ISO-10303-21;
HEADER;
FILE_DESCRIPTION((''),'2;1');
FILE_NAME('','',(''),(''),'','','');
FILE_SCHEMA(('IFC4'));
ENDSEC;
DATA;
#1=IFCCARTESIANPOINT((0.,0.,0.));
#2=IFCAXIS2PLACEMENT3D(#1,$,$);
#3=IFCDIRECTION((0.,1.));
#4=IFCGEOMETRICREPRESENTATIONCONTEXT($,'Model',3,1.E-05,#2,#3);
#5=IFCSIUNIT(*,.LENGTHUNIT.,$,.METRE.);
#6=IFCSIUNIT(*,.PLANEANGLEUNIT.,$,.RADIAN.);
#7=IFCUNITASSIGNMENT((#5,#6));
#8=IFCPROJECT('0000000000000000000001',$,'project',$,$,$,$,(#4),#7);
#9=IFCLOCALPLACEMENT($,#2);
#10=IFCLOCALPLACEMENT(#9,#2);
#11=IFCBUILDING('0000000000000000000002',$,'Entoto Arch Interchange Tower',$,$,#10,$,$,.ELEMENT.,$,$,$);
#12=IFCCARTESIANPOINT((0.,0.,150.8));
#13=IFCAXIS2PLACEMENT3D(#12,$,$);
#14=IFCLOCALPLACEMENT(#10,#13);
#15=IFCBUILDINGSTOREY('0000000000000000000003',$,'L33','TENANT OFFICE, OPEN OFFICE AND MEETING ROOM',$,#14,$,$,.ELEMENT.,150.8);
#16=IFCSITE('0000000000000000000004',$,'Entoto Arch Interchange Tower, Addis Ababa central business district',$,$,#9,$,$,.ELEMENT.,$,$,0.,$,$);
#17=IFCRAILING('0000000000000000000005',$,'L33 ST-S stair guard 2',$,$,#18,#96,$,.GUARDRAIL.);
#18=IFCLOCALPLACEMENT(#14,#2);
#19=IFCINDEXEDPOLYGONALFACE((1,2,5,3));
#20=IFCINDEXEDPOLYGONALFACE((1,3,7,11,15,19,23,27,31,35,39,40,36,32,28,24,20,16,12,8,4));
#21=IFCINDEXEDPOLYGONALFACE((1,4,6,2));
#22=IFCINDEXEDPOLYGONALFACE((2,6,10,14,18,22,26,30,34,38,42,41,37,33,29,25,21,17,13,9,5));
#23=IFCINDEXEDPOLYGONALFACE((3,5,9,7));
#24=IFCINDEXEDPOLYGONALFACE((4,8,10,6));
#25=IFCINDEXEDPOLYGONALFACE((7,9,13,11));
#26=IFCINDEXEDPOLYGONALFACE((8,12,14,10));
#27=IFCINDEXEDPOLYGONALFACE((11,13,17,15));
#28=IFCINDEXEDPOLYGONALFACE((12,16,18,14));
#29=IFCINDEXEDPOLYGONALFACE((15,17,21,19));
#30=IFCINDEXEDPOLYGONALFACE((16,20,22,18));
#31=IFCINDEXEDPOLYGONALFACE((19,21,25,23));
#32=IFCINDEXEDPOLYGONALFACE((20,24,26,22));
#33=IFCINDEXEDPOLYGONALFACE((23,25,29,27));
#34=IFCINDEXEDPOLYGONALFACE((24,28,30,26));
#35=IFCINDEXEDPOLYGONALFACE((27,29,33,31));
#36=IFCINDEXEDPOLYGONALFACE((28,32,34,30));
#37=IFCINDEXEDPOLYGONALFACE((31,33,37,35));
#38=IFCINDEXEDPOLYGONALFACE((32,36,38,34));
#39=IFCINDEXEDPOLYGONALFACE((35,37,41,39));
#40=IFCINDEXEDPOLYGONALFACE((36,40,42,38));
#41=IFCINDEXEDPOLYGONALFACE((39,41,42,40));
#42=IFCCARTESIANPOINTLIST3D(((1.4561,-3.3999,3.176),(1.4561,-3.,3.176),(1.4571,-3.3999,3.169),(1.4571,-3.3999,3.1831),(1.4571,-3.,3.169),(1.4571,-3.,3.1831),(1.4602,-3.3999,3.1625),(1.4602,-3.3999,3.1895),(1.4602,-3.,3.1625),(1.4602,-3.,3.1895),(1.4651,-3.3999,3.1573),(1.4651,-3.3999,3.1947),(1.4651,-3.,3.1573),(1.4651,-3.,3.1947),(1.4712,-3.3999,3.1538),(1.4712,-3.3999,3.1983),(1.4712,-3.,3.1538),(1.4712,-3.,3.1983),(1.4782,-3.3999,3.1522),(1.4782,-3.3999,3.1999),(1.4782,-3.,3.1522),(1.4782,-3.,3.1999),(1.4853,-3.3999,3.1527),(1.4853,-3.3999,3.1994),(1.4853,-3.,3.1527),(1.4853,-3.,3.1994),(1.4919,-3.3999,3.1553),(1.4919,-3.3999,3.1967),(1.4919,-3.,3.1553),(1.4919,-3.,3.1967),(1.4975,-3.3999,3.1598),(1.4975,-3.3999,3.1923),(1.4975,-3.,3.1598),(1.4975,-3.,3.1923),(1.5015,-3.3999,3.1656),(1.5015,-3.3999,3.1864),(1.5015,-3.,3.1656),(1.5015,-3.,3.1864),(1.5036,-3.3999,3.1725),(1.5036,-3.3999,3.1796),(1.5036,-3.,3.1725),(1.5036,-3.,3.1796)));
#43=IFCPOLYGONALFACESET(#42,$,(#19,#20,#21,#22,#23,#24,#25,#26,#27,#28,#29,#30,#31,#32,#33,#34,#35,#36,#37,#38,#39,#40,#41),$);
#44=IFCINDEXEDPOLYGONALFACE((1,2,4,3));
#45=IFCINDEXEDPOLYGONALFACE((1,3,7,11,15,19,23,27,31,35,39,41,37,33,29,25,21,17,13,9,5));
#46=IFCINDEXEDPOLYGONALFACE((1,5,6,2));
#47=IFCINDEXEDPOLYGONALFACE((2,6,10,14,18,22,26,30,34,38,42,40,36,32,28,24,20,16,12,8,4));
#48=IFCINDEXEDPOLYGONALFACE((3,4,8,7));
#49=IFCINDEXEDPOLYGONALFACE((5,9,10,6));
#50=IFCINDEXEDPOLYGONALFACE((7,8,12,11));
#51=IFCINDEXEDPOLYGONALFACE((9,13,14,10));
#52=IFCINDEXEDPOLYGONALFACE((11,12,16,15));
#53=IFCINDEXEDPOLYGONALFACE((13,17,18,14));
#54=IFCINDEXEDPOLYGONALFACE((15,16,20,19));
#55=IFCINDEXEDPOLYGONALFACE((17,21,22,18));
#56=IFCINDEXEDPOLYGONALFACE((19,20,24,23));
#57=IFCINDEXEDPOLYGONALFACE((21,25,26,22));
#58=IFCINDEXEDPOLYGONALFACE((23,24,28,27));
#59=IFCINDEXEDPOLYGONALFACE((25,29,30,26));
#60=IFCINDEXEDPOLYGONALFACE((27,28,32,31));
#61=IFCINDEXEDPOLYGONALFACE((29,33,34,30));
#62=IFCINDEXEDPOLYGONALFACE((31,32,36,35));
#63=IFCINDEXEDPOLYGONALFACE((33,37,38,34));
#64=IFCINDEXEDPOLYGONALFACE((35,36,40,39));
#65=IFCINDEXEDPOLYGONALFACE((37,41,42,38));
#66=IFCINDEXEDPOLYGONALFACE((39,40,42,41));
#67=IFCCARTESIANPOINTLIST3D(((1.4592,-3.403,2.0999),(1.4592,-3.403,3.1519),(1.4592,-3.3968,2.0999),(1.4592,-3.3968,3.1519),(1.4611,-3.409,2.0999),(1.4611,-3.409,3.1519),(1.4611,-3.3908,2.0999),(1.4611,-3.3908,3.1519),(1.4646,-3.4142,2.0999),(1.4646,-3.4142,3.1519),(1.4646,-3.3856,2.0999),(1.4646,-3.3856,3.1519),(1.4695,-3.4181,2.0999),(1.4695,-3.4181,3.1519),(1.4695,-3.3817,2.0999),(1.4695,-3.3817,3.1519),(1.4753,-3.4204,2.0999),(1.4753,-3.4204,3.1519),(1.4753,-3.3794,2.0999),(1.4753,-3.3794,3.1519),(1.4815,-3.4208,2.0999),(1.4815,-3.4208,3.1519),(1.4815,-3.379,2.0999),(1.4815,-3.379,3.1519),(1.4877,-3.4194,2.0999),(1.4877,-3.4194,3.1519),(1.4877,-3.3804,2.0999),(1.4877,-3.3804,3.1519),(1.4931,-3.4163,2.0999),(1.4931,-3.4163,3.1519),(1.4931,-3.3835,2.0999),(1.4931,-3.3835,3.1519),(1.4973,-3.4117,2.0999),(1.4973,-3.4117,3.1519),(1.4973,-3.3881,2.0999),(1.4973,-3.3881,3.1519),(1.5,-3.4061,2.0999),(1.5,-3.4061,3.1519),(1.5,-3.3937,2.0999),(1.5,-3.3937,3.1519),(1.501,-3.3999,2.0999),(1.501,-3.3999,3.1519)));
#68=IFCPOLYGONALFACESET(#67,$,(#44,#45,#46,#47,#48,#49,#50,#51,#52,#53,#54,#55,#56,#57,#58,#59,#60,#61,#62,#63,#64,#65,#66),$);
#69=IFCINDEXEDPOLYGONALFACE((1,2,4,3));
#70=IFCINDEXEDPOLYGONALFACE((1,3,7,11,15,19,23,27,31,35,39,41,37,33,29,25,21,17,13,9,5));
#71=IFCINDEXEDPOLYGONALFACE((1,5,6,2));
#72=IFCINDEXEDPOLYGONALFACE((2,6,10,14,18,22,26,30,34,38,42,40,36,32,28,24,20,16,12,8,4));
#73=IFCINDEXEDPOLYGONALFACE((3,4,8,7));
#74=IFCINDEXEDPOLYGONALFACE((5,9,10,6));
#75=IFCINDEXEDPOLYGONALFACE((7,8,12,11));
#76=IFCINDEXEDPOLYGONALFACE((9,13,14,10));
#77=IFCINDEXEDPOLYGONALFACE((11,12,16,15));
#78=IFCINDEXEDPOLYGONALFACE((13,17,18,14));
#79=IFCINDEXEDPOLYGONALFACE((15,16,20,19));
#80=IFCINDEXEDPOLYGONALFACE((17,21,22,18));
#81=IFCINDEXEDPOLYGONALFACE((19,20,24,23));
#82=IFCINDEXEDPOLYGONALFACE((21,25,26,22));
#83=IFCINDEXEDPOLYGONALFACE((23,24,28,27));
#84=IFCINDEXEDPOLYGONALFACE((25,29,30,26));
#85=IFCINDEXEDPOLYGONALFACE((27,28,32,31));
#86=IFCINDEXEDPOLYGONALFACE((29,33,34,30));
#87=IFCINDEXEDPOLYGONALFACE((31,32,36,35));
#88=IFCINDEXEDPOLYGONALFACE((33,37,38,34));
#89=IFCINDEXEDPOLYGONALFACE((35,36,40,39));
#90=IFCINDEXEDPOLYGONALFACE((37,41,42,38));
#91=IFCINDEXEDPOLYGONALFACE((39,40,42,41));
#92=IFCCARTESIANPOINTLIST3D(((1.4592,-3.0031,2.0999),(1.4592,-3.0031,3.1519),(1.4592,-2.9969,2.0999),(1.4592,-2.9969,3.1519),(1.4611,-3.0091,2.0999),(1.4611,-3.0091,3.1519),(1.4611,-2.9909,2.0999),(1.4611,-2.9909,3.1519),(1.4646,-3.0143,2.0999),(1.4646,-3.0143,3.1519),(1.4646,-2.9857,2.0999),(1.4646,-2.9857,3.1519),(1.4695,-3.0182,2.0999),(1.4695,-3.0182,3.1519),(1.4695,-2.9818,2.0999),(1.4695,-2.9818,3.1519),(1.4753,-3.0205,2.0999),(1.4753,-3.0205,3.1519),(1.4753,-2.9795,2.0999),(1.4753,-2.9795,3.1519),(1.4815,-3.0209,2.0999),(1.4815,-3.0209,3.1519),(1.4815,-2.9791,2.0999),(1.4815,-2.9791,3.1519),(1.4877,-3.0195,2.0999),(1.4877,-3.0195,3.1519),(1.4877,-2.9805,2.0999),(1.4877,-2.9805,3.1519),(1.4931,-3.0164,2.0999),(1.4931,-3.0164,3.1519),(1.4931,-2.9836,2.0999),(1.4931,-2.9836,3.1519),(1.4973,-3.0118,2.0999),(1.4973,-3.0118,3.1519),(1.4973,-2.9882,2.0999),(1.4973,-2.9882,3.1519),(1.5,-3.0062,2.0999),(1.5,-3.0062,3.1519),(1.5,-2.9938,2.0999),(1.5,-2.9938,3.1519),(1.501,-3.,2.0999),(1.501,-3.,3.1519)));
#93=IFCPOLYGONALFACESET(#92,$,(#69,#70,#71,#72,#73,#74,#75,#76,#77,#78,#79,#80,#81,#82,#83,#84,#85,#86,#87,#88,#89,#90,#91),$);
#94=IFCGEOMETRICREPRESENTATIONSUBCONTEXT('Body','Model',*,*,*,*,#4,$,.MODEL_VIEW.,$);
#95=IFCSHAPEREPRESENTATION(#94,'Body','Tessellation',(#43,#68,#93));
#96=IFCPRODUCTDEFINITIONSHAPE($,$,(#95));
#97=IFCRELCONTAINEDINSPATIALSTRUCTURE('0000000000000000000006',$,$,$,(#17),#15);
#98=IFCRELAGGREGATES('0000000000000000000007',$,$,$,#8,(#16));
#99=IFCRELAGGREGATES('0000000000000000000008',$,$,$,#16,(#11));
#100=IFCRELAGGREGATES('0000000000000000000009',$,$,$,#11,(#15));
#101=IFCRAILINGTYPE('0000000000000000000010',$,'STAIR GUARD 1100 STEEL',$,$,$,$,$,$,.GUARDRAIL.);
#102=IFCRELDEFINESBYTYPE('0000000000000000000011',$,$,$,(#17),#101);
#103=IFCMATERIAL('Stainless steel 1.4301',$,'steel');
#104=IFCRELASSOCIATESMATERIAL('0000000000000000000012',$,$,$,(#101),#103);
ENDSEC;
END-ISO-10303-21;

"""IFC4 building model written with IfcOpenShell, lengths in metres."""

from ifc_helpers import new_model, si_unit, direction, frame, origin, origin_2d, place, context, subcontext, project, spatial, circle, extrude, material, type_object, element, save


model = new_model("IFC4")

# Units and contexts
model_context = context("Model", 3, precision=1e-05, world=origin(), true_north=direction((0.0, 1.0)))
body_context = subcontext(model_context, "Body", "Model", "MODEL_VIEW")
ifc_project = project(units=[si_unit("LENGTHUNIT", "METRE"), si_unit("PLANEANGLEUNIT", "RADIAN")], contexts=[model_context])

# Site, building, storey
site_placement = place(None, origin())
site = spatial("IfcSite", under=ifc_project, at=site_placement, Name="Entoto Arch Interchange Tower, Addis Ababa central business district", CompositionType="ELEMENT", RefElevation=0.0)
building_placement = place(site_placement, origin())
building = spatial("IfcBuilding", under=site, at=building_placement, Name="Entoto Arch Interchange Tower", CompositionType="ELEMENT")
storey_placement = place(building_placement, frame((0.0, 0.0, 150.8)))
storey = spatial("IfcBuildingStorey", under=building, at=storey_placement, Name="L33", Description="TENANT OFFICE, OPEN OFFICE AND MEETING ROOM", CompositionType="ELEMENT", Elevation=150.8)

# Railing
ifc_material_1 = material(Name="Stainless steel 1.4301", Category="steel")
railing_type_1 = type_object("IfcRailingType", Name="STAIR GUARD 1100 STEEL", PredefinedType="GUARDRAIL", material=ifc_material_1)
railing_1_placement = place(storey_placement, frame((1.48, -3.3999, 2.0999)))
element("IfcRailing", 1, at=railing_1_placement, inside=storey, type_object=railing_type_1, Name="L33 ST-S stair guard 2", PredefinedType="GUARDRAIL", context=body_context, shape_type="SweptSolid", body=[
    extrude(circle(Radius=0.0239, at=origin_2d()), frame((0.0, 0.0, 1.0762), z_axis=(0.0, 1.0, 0.0), x_axis=(-1.0, 0.0, 0.0)), (0.0, 0.0, 1.0), 0.3999),
    extrude(circle(Radius=0.021, at=origin_2d()), origin(), (0.0, 0.0, 1.0), 1.052),
    extrude(circle(Radius=0.021, at=origin_2d()), frame((0.0, 0.3999, 0.0)), (0.0, 0.0, 1.0), 1.052),
])

save(model, "model.ifc")
